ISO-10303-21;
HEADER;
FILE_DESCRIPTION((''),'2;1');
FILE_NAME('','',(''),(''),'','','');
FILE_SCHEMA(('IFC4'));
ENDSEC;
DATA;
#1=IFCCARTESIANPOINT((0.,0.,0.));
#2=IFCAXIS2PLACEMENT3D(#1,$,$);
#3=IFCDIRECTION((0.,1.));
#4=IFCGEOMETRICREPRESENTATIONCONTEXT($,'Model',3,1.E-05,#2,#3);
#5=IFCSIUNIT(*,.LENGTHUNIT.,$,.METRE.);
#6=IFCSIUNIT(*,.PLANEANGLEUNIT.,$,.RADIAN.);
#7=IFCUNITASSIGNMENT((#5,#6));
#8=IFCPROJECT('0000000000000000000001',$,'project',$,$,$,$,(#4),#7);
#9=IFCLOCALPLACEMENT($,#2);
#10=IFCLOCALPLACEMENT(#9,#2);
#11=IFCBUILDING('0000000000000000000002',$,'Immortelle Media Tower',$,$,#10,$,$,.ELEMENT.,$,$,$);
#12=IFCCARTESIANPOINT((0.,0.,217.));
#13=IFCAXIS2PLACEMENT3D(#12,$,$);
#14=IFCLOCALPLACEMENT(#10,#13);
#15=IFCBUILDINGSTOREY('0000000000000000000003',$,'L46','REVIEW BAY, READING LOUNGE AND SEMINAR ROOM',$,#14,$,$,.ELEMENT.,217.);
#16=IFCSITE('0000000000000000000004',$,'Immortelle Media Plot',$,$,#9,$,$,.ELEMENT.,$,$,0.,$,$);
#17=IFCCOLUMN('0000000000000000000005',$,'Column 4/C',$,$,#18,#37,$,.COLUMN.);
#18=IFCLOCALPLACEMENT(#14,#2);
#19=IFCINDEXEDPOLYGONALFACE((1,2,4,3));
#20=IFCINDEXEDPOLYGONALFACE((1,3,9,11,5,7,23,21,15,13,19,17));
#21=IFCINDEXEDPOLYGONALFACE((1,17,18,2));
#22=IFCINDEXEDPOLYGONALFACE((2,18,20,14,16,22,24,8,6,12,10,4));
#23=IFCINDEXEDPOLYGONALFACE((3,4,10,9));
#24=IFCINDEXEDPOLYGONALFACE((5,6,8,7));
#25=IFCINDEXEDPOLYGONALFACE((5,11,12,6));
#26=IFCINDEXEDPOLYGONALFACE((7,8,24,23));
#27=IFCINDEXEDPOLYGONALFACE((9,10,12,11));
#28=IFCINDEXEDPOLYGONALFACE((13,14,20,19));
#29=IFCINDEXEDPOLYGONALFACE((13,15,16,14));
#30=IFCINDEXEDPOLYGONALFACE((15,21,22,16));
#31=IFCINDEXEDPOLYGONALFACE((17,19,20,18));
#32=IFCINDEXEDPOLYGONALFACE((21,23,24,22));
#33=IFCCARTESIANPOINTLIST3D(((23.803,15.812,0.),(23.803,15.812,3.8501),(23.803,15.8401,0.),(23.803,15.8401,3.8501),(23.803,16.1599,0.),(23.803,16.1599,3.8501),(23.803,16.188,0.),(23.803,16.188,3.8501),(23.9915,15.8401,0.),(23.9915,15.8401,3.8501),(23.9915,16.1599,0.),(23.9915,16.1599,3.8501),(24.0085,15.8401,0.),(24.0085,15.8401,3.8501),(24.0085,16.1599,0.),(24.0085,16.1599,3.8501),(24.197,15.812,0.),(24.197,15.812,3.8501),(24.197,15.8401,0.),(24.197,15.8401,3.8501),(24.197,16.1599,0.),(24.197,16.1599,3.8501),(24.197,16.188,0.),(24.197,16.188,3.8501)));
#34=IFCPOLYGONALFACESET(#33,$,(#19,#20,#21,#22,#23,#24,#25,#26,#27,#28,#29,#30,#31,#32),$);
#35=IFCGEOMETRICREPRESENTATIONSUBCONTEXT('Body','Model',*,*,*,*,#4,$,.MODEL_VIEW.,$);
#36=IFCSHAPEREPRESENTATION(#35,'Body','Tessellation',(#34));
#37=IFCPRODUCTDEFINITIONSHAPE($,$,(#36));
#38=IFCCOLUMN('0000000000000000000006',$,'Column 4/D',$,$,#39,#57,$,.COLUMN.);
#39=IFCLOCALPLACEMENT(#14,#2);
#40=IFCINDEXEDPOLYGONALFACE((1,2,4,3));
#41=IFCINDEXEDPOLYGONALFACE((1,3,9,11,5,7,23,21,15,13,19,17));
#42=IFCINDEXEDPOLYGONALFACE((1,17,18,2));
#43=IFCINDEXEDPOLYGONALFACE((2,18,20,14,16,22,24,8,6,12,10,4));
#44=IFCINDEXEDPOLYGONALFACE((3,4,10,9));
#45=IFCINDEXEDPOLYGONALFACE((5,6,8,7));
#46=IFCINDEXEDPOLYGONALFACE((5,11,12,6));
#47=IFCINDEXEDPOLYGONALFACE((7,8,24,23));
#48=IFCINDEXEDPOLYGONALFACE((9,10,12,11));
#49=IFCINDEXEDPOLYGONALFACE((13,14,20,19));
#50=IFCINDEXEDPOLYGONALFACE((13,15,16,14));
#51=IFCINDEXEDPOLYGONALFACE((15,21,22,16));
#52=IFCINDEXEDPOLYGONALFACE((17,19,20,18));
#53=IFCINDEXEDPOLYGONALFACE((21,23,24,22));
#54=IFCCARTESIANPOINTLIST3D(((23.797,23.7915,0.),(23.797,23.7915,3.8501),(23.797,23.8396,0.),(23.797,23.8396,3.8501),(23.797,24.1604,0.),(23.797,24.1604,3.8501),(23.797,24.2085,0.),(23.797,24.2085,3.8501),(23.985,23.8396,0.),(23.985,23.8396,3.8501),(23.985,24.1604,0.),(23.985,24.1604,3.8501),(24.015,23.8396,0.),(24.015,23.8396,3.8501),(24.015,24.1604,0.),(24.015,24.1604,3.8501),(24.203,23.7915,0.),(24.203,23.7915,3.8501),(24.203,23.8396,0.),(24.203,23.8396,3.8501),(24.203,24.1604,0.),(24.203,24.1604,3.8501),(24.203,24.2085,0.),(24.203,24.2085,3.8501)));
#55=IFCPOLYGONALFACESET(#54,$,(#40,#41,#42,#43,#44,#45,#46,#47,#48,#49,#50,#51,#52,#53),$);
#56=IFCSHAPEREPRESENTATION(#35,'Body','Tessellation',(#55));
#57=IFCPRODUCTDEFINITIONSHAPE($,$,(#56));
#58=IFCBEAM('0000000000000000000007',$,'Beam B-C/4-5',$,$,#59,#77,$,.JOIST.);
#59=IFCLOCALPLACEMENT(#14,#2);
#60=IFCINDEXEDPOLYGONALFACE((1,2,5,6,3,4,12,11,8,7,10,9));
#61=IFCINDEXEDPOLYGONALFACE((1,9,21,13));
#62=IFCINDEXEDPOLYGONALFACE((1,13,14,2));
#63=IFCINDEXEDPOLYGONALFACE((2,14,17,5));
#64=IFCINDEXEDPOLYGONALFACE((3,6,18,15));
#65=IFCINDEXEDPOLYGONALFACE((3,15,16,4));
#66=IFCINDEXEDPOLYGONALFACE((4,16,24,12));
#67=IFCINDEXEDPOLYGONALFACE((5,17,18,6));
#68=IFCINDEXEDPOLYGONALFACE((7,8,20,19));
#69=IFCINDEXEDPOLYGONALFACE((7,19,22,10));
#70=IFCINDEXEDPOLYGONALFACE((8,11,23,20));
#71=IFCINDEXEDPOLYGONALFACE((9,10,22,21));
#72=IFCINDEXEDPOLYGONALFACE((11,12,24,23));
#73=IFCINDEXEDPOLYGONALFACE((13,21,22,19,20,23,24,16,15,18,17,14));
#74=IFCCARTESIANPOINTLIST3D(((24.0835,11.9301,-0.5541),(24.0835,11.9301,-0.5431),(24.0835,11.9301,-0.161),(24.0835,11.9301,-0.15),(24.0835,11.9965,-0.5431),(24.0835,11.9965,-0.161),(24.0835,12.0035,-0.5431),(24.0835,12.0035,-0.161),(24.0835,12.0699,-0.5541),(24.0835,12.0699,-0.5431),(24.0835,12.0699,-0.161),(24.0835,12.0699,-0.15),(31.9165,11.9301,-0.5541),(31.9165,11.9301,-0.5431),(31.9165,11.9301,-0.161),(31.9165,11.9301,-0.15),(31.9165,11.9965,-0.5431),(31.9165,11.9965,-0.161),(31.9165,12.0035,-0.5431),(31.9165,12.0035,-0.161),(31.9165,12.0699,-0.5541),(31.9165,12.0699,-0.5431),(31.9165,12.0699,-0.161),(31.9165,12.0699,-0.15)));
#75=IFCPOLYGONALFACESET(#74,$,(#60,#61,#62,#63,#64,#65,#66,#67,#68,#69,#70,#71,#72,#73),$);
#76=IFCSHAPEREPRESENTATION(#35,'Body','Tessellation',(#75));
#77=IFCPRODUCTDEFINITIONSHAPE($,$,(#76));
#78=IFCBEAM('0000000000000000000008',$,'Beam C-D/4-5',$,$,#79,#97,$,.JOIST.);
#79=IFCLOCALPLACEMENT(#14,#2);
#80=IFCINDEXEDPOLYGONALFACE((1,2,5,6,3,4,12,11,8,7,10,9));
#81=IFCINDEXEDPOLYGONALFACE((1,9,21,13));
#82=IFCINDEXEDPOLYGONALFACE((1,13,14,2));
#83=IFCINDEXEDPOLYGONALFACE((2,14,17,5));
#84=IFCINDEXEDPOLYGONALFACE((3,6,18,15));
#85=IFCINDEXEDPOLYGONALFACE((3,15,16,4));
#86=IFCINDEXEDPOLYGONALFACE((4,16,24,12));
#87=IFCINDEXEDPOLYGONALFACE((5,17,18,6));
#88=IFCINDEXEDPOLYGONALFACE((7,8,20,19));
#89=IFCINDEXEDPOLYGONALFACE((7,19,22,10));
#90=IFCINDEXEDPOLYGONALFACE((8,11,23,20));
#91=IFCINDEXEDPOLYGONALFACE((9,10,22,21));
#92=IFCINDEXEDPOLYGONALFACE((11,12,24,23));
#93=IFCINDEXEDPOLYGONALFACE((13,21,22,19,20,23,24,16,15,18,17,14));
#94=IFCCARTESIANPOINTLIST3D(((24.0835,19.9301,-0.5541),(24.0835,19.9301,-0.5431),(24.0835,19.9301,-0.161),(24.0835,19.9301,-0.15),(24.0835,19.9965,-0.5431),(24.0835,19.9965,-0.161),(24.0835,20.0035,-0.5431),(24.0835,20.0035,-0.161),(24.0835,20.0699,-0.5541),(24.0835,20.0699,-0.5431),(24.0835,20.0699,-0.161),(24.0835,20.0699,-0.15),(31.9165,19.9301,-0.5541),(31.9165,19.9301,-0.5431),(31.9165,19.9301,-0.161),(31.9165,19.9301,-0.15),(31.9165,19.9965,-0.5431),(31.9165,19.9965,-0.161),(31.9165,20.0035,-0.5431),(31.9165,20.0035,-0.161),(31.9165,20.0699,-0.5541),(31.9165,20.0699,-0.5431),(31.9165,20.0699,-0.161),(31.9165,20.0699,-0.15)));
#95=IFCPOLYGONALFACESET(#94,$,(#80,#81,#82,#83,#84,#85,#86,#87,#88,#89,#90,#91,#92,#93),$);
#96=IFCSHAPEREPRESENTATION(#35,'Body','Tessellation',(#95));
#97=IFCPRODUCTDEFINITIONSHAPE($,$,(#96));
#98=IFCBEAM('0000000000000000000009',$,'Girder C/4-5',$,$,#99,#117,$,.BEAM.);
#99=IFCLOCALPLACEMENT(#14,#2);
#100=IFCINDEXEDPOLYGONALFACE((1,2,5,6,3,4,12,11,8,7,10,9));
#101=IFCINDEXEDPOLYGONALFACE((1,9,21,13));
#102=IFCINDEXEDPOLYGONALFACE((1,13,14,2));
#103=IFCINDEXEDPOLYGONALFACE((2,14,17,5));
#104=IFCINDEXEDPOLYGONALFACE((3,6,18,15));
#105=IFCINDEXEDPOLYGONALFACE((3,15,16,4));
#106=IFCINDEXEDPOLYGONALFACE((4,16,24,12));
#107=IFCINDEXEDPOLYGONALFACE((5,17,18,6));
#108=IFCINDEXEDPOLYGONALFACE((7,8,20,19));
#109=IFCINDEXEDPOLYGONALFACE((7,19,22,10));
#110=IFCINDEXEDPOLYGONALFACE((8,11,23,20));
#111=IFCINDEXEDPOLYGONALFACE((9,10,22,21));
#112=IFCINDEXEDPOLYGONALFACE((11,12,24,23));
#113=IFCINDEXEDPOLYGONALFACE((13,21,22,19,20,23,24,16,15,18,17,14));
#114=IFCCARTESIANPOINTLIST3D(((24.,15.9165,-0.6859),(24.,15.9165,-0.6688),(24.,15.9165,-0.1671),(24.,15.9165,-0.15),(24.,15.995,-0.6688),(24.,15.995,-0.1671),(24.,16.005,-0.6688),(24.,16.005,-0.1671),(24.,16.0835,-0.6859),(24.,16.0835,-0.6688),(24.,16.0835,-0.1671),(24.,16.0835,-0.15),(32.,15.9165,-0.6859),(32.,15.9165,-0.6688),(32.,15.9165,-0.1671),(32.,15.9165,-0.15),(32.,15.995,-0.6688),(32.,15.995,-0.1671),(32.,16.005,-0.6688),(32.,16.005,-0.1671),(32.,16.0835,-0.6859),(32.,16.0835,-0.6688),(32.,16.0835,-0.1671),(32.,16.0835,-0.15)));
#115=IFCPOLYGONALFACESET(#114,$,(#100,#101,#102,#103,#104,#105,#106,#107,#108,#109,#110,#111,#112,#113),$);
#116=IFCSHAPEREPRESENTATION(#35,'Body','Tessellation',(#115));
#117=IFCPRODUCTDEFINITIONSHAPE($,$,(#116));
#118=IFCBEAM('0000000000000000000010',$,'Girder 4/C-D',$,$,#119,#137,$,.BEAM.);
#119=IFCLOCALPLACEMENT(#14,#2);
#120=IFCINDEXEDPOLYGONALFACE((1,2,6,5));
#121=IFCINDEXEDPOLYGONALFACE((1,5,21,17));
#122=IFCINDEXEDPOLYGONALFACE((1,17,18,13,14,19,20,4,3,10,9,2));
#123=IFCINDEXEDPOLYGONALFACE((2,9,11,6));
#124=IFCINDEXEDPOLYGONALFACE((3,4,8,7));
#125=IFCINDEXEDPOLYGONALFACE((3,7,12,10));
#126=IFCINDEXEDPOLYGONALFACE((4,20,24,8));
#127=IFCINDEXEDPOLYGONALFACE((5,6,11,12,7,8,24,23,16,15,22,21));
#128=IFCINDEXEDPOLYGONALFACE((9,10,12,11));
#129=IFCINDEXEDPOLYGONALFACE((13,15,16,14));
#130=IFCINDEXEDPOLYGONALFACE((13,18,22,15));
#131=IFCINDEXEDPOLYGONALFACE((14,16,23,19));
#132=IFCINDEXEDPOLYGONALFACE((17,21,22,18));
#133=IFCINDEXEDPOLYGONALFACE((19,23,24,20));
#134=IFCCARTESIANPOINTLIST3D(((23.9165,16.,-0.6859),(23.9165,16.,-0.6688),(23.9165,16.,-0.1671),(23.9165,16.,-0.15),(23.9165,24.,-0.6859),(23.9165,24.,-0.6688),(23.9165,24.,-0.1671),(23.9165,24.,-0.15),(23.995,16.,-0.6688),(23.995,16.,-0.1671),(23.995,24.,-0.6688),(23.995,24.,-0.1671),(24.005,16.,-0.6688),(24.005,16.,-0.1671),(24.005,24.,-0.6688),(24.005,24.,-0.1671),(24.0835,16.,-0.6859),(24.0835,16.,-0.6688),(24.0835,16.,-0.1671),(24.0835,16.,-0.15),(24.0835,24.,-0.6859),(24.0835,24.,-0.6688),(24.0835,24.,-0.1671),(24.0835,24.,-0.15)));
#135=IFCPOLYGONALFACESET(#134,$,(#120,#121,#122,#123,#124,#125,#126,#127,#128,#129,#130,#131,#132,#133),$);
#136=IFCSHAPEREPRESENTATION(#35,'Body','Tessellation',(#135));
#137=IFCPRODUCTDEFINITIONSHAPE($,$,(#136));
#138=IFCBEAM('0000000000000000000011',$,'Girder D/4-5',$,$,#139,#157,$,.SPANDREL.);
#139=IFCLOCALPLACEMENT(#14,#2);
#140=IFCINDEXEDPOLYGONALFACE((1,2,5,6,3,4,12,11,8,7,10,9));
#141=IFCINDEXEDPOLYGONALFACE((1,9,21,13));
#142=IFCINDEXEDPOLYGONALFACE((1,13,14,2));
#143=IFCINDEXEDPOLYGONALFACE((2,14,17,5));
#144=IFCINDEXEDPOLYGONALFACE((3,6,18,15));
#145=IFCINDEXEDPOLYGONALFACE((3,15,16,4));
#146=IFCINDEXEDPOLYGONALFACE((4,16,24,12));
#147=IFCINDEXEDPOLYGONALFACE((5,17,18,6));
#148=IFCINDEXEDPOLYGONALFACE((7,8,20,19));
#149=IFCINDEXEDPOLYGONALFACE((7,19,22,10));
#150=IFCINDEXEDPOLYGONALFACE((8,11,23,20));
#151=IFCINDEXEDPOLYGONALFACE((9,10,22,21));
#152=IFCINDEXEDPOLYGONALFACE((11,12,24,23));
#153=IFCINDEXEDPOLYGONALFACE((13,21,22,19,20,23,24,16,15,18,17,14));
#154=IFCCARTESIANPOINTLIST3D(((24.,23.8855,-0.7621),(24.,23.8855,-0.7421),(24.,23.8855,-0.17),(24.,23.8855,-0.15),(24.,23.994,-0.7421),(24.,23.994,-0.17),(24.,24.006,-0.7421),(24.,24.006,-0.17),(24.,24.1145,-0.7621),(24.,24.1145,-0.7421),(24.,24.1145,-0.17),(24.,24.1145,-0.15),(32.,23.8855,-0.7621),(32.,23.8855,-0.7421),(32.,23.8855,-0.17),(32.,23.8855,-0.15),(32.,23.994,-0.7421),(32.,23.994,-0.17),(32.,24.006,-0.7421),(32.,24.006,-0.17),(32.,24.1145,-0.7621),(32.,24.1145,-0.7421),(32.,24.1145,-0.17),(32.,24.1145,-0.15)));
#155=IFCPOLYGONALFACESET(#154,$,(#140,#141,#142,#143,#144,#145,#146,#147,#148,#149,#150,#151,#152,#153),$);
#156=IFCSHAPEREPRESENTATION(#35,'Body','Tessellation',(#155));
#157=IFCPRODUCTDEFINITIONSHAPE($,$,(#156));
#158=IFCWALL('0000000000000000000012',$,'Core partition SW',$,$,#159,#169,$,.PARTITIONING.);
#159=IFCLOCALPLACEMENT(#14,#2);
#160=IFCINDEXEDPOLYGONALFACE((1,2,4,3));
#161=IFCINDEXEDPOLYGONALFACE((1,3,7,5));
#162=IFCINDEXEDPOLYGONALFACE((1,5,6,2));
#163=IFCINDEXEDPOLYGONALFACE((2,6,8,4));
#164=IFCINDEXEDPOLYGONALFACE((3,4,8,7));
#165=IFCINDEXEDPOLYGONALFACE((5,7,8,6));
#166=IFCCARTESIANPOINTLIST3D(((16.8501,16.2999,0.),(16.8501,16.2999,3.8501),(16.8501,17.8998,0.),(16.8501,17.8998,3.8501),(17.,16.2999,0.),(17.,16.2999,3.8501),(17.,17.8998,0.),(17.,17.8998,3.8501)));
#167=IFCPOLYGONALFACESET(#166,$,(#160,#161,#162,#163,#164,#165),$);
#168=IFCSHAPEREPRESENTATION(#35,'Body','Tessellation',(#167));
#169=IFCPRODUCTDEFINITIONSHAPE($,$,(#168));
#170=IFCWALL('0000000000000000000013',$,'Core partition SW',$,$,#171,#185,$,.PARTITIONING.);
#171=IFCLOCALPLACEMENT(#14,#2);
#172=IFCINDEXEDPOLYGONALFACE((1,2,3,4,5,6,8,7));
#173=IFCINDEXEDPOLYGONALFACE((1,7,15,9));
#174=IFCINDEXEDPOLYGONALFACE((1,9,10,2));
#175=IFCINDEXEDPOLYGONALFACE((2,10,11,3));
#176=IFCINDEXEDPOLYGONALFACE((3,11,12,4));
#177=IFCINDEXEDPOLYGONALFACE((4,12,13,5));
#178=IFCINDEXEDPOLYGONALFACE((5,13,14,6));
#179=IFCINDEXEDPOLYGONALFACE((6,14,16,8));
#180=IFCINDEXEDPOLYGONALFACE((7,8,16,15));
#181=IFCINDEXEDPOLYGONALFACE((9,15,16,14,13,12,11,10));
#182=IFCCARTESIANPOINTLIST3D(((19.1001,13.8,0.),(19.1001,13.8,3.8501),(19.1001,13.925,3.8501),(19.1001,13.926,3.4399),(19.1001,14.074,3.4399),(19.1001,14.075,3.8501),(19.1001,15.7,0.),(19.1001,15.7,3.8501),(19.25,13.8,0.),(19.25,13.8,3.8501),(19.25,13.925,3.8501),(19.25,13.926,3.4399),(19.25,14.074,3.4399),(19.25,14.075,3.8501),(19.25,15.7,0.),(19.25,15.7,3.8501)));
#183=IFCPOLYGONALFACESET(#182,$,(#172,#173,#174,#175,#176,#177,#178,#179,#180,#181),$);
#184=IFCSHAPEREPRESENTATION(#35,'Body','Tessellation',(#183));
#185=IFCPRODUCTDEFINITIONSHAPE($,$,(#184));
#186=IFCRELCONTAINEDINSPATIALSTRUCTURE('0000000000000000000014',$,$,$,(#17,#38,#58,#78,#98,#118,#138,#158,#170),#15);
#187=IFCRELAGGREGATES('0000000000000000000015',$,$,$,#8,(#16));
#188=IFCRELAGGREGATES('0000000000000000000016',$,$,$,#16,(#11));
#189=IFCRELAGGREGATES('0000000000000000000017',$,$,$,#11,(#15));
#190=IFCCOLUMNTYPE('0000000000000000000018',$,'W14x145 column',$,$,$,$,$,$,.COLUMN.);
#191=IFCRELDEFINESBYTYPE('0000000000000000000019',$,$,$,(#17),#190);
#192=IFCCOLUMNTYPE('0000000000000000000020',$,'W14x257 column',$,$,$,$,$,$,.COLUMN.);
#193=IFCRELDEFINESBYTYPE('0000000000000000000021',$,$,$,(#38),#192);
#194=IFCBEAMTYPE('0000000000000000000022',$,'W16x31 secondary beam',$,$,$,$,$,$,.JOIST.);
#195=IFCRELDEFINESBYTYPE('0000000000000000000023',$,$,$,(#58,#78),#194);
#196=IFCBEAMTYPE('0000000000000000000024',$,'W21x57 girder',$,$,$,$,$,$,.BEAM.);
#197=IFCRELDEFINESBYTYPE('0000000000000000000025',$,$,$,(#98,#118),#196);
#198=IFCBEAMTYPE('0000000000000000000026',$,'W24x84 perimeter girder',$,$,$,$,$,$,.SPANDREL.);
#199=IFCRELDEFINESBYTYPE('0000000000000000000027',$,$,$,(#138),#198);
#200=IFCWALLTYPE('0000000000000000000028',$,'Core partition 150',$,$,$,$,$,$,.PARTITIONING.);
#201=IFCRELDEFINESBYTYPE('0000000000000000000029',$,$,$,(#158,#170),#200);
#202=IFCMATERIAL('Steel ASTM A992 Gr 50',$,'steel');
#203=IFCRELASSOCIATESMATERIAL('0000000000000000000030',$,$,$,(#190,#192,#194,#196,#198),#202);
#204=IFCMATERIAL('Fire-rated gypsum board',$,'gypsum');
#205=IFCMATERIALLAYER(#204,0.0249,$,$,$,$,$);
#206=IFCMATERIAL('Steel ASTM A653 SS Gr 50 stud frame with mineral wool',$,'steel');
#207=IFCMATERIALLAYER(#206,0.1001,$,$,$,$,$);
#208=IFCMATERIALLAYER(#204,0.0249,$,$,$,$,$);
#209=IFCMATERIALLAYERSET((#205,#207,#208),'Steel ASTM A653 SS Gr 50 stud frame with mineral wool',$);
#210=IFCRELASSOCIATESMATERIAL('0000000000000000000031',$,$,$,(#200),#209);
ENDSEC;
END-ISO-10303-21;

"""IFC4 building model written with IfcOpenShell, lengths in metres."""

from ifc_helpers import new_model, si_unit, direction, frame, frame_2d, origin, origin_2d, place, context, subcontext, project, spatial, polyline, rectangle, i_section, outline, extrude, material, layer, layer_set, material_profile, profile_set, type_object, element, save


model = new_model("IFC4")

# Units and contexts
model_context = context("Model", 3, precision=1e-05, world=origin(), true_north=direction((0.0, 1.0)))
body_context = subcontext(model_context, "Body", "Model", "MODEL_VIEW")
ifc_project = project(units=[si_unit("LENGTHUNIT", "METRE"), si_unit("PLANEANGLEUNIT", "RADIAN")], contexts=[model_context])

# Site, building, storey
site_placement = place(None, origin())
site = spatial("IfcSite", under=ifc_project, at=site_placement, Name="Immortelle Media Plot", CompositionType="ELEMENT", RefElevation=0.0)
building_placement = place(site_placement, origin())
building = spatial("IfcBuilding", under=site, at=building_placement, Name="Immortelle Media Tower", CompositionType="ELEMENT")
storey_placement = place(building_placement, frame((0.0, 0.0, 217.0)))
storey = spatial("IfcBuildingStorey", under=building, at=storey_placement, Name="L46", Description="REVIEW BAY, READING LOUNGE AND SEMINAR ROOM", CompositionType="ELEMENT", Elevation=217.0)

# Columns
ifc_material_1 = material(Name="Steel ASTM A992 Gr 50", Category="steel")
ifc_material_profile_1 = material_profile(ifc_material_1, i_section(OverallWidth=0.394, OverallDepth=0.376, WebThickness=0.0171, FlangeThickness=0.0281, at=origin_2d()), Name="W14x145")
ifc_profile_set_1 = profile_set([ifc_material_profile_1], Name="Steel ASTM A992 Gr 50")
column_type_1 = type_object("IfcColumnType", Name="W14x145 column", PredefinedType="COLUMN", material=ifc_profile_set_1)
column_1_placement = place(storey_placement, frame((24.0, 16.0, 0.0), z_axis=(0.0, 0.0, 1.0), x_axis=(1.0, 0.0, 0.0)))
element("IfcColumn", 1, at=column_1_placement, inside=storey, type_object=column_type_1, Name="Column 4/C", PredefinedType="COLUMN", context=body_context, shape_type="SweptSolid", body=[
    extrude(i_section(OverallWidth=0.394, OverallDepth=0.376, WebThickness=0.0171, FlangeThickness=0.0281, at=origin_2d()), origin(), (0.0, 0.0, 1.0), 3.8501),
])
ifc_material_profile_2 = material_profile(ifc_material_1, i_section(OverallWidth=0.406, OverallDepth=0.417, WebThickness=0.03, FlangeThickness=0.0481, at=origin_2d()), Name="W14x257")
ifc_profile_set_2 = profile_set([ifc_material_profile_2], Name="Steel ASTM A992 Gr 50")
column_type_2 = type_object("IfcColumnType", Name="W14x257 column", PredefinedType="COLUMN", material=ifc_profile_set_2)
column_2_placement = place(storey_placement, frame((24.0, 24.0, 0.0), z_axis=(0.0, 0.0, 1.0), x_axis=(1.0, 0.0, 0.0)))
element("IfcColumn", 2, at=column_2_placement, inside=storey, type_object=column_type_2, Name="Column 4/D", PredefinedType="COLUMN", context=body_context, shape_type="SweptSolid", body=[
    extrude(i_section(OverallWidth=0.406, OverallDepth=0.417, WebThickness=0.03, FlangeThickness=0.0481, at=origin_2d()), origin(), (0.0, 0.0, 1.0), 3.8501),
])

# Beams
ifc_material_profile_3 = material_profile(ifc_material_1, i_section(OverallWidth=0.1399, OverallDepth=0.4041, WebThickness=0.0071, FlangeThickness=0.011, at=origin_2d()), Name="W16x31")
ifc_profile_set_3 = profile_set([ifc_material_profile_3], Name="Steel ASTM A992 Gr 50")
beam_type_1 = type_object("IfcBeamType", Name="W16x31 secondary beam", PredefinedType="JOIST", material=ifc_profile_set_3)
for number, where, z_axis, x_axis, name in (
    (3, (24.0835, 12.0, -0.3521), (1.0, 0.0, 0.0), (0.0, 1.0, 0.0), "Beam B-C/4-5"),
    (4, (24.0835, 20.0, -0.3521), (1.0, 0.0, 0.0), (0.0, 1.0, 0.0), "Beam C-D/4-5"),
):
    element("IfcBeam", number, at=place(storey_placement, frame(where, z_axis=z_axis, x_axis=x_axis)), inside=storey, type_object=beam_type_1, Name=name, PredefinedType="JOIST", context=body_context, shape_type="SweptSolid", body=[
        extrude(i_section(OverallWidth=0.1399, OverallDepth=0.4041, WebThickness=0.0071, FlangeThickness=0.011, at=origin_2d()), origin(), (0.0, 0.0, 1.0), 7.833),
    ])
ifc_material_profile_4 = material_profile(ifc_material_1, i_section(OverallWidth=0.167, OverallDepth=0.5359, WebThickness=0.01, FlangeThickness=0.0171, at=origin_2d()), Name="W21x57")
ifc_profile_set_4 = profile_set([ifc_material_profile_4], Name="Steel ASTM A992 Gr 50")
beam_type_2 = type_object("IfcBeamType", Name="W21x57 girder", PredefinedType="BEAM", material=ifc_profile_set_4)
for number, where, z_axis, x_axis, name in (
    (5, (24.0, 16.0, -0.418), (1.0, 0.0, 0.0), (0.0, 1.0, 0.0), "Girder C/4-5"),
    (6, (24.0, 16.0, -0.418), (0.0, 1.0, 0.0), (-1.0, 0.0, 0.0), "Girder 4/C-D"),
):
    element("IfcBeam", number, at=place(storey_placement, frame(where, z_axis=z_axis, x_axis=x_axis)), inside=storey, type_object=beam_type_2, Name=name, PredefinedType="BEAM", context=body_context, shape_type="SweptSolid", body=[
        extrude(i_section(OverallWidth=0.167, OverallDepth=0.5359, WebThickness=0.01, FlangeThickness=0.0171, at=origin_2d()), origin(), (0.0, 0.0, 1.0), 8.0),
    ])
ifc_material_profile_5 = material_profile(ifc_material_1, i_section(OverallWidth=0.229, OverallDepth=0.6121, WebThickness=0.012, FlangeThickness=0.02, at=origin_2d()), Name="W24x84")
ifc_profile_set_5 = profile_set([ifc_material_profile_5], Name="Steel ASTM A992 Gr 50")
beam_type_3 = type_object("IfcBeamType", Name="W24x84 perimeter girder", PredefinedType="SPANDREL", material=ifc_profile_set_5)
beam_placement = place(storey_placement, frame((24.0, 24.0, -0.4561), z_axis=(1.0, 0.0, 0.0), x_axis=(0.0, 1.0, 0.0)))
element("IfcBeam", 7, at=beam_placement, inside=storey, type_object=beam_type_3, Name="Girder D/4-5", PredefinedType="SPANDREL", context=body_context, shape_type="SweptSolid", body=[
    extrude(i_section(OverallWidth=0.229, OverallDepth=0.6121, WebThickness=0.012, FlangeThickness=0.02, at=origin_2d()), origin(), (0.0, 0.0, 1.0), 8.0),
])

# Walls
ifc_material_2 = material(Name="Fire-rated gypsum board", Category="gypsum")
ifc_layer_1 = layer(ifc_material_2, 0.0249)
ifc_material_3 = material(Name="Steel ASTM A653 SS Gr 50 stud frame with mineral wool", Category="steel")
ifc_layer_2 = layer(ifc_material_3, 0.1001)
ifc_layer_3 = layer(ifc_material_2, 0.0249)
ifc_layer_set_1 = layer_set([ifc_layer_1, ifc_layer_2, ifc_layer_3], Name="Steel ASTM A653 SS Gr 50 stud frame with mineral wool")
wall_type_1 = type_object("IfcWallType", Name="Core partition 150", PredefinedType="PARTITIONING", material=ifc_layer_set_1)
wall_1_placement = place(storey_placement, frame((16.925, 16.3, 0.0), z_axis=(0.0, 0.0, 1.0), x_axis=(0.0, 1.0, 0.0)))
element("IfcWall", 8, at=wall_1_placement, inside=storey, type_object=wall_type_1, Name="Core partition SW", PredefinedType="PARTITIONING", context=body_context, shape_type="SweptSolid", body=[
    extrude(rectangle(XDim=1.5999, YDim=0.1499, at=frame_2d((0.7998, 0.0))), origin(), (0.0, 0.0, 1.0), 3.8501),
])
wall_2_placement = place(storey_placement, frame((19.175, 13.8, 0.0), z_axis=(0.0, 0.0, 1.0), x_axis=(0.0, 1.0, 0.0)))
element("IfcWall", 9, at=wall_2_placement, inside=storey, type_object=wall_type_1, Name="Core partition SW", PredefinedType="PARTITIONING", context=body_context, shape_type="SweptSolid", body=[
    extrude(outline(polyline([(0.0, 0.0), (1.8999, 0.0), (1.8999, 3.8501), (0.2749, 3.8501), (0.2739, 3.4399), (0.126, 3.4399), (0.125, 3.8501), (0.0, 3.8501), (0.0, 0.0)])), frame((0.0, 0.075, 0.0), z_axis=(0.0, -1.0, 0.0), x_axis=(1.0, 0.0, 0.0)), (0.0, 0.0, 1.0), 0.1499),
])

save(model, "model.ifc")
